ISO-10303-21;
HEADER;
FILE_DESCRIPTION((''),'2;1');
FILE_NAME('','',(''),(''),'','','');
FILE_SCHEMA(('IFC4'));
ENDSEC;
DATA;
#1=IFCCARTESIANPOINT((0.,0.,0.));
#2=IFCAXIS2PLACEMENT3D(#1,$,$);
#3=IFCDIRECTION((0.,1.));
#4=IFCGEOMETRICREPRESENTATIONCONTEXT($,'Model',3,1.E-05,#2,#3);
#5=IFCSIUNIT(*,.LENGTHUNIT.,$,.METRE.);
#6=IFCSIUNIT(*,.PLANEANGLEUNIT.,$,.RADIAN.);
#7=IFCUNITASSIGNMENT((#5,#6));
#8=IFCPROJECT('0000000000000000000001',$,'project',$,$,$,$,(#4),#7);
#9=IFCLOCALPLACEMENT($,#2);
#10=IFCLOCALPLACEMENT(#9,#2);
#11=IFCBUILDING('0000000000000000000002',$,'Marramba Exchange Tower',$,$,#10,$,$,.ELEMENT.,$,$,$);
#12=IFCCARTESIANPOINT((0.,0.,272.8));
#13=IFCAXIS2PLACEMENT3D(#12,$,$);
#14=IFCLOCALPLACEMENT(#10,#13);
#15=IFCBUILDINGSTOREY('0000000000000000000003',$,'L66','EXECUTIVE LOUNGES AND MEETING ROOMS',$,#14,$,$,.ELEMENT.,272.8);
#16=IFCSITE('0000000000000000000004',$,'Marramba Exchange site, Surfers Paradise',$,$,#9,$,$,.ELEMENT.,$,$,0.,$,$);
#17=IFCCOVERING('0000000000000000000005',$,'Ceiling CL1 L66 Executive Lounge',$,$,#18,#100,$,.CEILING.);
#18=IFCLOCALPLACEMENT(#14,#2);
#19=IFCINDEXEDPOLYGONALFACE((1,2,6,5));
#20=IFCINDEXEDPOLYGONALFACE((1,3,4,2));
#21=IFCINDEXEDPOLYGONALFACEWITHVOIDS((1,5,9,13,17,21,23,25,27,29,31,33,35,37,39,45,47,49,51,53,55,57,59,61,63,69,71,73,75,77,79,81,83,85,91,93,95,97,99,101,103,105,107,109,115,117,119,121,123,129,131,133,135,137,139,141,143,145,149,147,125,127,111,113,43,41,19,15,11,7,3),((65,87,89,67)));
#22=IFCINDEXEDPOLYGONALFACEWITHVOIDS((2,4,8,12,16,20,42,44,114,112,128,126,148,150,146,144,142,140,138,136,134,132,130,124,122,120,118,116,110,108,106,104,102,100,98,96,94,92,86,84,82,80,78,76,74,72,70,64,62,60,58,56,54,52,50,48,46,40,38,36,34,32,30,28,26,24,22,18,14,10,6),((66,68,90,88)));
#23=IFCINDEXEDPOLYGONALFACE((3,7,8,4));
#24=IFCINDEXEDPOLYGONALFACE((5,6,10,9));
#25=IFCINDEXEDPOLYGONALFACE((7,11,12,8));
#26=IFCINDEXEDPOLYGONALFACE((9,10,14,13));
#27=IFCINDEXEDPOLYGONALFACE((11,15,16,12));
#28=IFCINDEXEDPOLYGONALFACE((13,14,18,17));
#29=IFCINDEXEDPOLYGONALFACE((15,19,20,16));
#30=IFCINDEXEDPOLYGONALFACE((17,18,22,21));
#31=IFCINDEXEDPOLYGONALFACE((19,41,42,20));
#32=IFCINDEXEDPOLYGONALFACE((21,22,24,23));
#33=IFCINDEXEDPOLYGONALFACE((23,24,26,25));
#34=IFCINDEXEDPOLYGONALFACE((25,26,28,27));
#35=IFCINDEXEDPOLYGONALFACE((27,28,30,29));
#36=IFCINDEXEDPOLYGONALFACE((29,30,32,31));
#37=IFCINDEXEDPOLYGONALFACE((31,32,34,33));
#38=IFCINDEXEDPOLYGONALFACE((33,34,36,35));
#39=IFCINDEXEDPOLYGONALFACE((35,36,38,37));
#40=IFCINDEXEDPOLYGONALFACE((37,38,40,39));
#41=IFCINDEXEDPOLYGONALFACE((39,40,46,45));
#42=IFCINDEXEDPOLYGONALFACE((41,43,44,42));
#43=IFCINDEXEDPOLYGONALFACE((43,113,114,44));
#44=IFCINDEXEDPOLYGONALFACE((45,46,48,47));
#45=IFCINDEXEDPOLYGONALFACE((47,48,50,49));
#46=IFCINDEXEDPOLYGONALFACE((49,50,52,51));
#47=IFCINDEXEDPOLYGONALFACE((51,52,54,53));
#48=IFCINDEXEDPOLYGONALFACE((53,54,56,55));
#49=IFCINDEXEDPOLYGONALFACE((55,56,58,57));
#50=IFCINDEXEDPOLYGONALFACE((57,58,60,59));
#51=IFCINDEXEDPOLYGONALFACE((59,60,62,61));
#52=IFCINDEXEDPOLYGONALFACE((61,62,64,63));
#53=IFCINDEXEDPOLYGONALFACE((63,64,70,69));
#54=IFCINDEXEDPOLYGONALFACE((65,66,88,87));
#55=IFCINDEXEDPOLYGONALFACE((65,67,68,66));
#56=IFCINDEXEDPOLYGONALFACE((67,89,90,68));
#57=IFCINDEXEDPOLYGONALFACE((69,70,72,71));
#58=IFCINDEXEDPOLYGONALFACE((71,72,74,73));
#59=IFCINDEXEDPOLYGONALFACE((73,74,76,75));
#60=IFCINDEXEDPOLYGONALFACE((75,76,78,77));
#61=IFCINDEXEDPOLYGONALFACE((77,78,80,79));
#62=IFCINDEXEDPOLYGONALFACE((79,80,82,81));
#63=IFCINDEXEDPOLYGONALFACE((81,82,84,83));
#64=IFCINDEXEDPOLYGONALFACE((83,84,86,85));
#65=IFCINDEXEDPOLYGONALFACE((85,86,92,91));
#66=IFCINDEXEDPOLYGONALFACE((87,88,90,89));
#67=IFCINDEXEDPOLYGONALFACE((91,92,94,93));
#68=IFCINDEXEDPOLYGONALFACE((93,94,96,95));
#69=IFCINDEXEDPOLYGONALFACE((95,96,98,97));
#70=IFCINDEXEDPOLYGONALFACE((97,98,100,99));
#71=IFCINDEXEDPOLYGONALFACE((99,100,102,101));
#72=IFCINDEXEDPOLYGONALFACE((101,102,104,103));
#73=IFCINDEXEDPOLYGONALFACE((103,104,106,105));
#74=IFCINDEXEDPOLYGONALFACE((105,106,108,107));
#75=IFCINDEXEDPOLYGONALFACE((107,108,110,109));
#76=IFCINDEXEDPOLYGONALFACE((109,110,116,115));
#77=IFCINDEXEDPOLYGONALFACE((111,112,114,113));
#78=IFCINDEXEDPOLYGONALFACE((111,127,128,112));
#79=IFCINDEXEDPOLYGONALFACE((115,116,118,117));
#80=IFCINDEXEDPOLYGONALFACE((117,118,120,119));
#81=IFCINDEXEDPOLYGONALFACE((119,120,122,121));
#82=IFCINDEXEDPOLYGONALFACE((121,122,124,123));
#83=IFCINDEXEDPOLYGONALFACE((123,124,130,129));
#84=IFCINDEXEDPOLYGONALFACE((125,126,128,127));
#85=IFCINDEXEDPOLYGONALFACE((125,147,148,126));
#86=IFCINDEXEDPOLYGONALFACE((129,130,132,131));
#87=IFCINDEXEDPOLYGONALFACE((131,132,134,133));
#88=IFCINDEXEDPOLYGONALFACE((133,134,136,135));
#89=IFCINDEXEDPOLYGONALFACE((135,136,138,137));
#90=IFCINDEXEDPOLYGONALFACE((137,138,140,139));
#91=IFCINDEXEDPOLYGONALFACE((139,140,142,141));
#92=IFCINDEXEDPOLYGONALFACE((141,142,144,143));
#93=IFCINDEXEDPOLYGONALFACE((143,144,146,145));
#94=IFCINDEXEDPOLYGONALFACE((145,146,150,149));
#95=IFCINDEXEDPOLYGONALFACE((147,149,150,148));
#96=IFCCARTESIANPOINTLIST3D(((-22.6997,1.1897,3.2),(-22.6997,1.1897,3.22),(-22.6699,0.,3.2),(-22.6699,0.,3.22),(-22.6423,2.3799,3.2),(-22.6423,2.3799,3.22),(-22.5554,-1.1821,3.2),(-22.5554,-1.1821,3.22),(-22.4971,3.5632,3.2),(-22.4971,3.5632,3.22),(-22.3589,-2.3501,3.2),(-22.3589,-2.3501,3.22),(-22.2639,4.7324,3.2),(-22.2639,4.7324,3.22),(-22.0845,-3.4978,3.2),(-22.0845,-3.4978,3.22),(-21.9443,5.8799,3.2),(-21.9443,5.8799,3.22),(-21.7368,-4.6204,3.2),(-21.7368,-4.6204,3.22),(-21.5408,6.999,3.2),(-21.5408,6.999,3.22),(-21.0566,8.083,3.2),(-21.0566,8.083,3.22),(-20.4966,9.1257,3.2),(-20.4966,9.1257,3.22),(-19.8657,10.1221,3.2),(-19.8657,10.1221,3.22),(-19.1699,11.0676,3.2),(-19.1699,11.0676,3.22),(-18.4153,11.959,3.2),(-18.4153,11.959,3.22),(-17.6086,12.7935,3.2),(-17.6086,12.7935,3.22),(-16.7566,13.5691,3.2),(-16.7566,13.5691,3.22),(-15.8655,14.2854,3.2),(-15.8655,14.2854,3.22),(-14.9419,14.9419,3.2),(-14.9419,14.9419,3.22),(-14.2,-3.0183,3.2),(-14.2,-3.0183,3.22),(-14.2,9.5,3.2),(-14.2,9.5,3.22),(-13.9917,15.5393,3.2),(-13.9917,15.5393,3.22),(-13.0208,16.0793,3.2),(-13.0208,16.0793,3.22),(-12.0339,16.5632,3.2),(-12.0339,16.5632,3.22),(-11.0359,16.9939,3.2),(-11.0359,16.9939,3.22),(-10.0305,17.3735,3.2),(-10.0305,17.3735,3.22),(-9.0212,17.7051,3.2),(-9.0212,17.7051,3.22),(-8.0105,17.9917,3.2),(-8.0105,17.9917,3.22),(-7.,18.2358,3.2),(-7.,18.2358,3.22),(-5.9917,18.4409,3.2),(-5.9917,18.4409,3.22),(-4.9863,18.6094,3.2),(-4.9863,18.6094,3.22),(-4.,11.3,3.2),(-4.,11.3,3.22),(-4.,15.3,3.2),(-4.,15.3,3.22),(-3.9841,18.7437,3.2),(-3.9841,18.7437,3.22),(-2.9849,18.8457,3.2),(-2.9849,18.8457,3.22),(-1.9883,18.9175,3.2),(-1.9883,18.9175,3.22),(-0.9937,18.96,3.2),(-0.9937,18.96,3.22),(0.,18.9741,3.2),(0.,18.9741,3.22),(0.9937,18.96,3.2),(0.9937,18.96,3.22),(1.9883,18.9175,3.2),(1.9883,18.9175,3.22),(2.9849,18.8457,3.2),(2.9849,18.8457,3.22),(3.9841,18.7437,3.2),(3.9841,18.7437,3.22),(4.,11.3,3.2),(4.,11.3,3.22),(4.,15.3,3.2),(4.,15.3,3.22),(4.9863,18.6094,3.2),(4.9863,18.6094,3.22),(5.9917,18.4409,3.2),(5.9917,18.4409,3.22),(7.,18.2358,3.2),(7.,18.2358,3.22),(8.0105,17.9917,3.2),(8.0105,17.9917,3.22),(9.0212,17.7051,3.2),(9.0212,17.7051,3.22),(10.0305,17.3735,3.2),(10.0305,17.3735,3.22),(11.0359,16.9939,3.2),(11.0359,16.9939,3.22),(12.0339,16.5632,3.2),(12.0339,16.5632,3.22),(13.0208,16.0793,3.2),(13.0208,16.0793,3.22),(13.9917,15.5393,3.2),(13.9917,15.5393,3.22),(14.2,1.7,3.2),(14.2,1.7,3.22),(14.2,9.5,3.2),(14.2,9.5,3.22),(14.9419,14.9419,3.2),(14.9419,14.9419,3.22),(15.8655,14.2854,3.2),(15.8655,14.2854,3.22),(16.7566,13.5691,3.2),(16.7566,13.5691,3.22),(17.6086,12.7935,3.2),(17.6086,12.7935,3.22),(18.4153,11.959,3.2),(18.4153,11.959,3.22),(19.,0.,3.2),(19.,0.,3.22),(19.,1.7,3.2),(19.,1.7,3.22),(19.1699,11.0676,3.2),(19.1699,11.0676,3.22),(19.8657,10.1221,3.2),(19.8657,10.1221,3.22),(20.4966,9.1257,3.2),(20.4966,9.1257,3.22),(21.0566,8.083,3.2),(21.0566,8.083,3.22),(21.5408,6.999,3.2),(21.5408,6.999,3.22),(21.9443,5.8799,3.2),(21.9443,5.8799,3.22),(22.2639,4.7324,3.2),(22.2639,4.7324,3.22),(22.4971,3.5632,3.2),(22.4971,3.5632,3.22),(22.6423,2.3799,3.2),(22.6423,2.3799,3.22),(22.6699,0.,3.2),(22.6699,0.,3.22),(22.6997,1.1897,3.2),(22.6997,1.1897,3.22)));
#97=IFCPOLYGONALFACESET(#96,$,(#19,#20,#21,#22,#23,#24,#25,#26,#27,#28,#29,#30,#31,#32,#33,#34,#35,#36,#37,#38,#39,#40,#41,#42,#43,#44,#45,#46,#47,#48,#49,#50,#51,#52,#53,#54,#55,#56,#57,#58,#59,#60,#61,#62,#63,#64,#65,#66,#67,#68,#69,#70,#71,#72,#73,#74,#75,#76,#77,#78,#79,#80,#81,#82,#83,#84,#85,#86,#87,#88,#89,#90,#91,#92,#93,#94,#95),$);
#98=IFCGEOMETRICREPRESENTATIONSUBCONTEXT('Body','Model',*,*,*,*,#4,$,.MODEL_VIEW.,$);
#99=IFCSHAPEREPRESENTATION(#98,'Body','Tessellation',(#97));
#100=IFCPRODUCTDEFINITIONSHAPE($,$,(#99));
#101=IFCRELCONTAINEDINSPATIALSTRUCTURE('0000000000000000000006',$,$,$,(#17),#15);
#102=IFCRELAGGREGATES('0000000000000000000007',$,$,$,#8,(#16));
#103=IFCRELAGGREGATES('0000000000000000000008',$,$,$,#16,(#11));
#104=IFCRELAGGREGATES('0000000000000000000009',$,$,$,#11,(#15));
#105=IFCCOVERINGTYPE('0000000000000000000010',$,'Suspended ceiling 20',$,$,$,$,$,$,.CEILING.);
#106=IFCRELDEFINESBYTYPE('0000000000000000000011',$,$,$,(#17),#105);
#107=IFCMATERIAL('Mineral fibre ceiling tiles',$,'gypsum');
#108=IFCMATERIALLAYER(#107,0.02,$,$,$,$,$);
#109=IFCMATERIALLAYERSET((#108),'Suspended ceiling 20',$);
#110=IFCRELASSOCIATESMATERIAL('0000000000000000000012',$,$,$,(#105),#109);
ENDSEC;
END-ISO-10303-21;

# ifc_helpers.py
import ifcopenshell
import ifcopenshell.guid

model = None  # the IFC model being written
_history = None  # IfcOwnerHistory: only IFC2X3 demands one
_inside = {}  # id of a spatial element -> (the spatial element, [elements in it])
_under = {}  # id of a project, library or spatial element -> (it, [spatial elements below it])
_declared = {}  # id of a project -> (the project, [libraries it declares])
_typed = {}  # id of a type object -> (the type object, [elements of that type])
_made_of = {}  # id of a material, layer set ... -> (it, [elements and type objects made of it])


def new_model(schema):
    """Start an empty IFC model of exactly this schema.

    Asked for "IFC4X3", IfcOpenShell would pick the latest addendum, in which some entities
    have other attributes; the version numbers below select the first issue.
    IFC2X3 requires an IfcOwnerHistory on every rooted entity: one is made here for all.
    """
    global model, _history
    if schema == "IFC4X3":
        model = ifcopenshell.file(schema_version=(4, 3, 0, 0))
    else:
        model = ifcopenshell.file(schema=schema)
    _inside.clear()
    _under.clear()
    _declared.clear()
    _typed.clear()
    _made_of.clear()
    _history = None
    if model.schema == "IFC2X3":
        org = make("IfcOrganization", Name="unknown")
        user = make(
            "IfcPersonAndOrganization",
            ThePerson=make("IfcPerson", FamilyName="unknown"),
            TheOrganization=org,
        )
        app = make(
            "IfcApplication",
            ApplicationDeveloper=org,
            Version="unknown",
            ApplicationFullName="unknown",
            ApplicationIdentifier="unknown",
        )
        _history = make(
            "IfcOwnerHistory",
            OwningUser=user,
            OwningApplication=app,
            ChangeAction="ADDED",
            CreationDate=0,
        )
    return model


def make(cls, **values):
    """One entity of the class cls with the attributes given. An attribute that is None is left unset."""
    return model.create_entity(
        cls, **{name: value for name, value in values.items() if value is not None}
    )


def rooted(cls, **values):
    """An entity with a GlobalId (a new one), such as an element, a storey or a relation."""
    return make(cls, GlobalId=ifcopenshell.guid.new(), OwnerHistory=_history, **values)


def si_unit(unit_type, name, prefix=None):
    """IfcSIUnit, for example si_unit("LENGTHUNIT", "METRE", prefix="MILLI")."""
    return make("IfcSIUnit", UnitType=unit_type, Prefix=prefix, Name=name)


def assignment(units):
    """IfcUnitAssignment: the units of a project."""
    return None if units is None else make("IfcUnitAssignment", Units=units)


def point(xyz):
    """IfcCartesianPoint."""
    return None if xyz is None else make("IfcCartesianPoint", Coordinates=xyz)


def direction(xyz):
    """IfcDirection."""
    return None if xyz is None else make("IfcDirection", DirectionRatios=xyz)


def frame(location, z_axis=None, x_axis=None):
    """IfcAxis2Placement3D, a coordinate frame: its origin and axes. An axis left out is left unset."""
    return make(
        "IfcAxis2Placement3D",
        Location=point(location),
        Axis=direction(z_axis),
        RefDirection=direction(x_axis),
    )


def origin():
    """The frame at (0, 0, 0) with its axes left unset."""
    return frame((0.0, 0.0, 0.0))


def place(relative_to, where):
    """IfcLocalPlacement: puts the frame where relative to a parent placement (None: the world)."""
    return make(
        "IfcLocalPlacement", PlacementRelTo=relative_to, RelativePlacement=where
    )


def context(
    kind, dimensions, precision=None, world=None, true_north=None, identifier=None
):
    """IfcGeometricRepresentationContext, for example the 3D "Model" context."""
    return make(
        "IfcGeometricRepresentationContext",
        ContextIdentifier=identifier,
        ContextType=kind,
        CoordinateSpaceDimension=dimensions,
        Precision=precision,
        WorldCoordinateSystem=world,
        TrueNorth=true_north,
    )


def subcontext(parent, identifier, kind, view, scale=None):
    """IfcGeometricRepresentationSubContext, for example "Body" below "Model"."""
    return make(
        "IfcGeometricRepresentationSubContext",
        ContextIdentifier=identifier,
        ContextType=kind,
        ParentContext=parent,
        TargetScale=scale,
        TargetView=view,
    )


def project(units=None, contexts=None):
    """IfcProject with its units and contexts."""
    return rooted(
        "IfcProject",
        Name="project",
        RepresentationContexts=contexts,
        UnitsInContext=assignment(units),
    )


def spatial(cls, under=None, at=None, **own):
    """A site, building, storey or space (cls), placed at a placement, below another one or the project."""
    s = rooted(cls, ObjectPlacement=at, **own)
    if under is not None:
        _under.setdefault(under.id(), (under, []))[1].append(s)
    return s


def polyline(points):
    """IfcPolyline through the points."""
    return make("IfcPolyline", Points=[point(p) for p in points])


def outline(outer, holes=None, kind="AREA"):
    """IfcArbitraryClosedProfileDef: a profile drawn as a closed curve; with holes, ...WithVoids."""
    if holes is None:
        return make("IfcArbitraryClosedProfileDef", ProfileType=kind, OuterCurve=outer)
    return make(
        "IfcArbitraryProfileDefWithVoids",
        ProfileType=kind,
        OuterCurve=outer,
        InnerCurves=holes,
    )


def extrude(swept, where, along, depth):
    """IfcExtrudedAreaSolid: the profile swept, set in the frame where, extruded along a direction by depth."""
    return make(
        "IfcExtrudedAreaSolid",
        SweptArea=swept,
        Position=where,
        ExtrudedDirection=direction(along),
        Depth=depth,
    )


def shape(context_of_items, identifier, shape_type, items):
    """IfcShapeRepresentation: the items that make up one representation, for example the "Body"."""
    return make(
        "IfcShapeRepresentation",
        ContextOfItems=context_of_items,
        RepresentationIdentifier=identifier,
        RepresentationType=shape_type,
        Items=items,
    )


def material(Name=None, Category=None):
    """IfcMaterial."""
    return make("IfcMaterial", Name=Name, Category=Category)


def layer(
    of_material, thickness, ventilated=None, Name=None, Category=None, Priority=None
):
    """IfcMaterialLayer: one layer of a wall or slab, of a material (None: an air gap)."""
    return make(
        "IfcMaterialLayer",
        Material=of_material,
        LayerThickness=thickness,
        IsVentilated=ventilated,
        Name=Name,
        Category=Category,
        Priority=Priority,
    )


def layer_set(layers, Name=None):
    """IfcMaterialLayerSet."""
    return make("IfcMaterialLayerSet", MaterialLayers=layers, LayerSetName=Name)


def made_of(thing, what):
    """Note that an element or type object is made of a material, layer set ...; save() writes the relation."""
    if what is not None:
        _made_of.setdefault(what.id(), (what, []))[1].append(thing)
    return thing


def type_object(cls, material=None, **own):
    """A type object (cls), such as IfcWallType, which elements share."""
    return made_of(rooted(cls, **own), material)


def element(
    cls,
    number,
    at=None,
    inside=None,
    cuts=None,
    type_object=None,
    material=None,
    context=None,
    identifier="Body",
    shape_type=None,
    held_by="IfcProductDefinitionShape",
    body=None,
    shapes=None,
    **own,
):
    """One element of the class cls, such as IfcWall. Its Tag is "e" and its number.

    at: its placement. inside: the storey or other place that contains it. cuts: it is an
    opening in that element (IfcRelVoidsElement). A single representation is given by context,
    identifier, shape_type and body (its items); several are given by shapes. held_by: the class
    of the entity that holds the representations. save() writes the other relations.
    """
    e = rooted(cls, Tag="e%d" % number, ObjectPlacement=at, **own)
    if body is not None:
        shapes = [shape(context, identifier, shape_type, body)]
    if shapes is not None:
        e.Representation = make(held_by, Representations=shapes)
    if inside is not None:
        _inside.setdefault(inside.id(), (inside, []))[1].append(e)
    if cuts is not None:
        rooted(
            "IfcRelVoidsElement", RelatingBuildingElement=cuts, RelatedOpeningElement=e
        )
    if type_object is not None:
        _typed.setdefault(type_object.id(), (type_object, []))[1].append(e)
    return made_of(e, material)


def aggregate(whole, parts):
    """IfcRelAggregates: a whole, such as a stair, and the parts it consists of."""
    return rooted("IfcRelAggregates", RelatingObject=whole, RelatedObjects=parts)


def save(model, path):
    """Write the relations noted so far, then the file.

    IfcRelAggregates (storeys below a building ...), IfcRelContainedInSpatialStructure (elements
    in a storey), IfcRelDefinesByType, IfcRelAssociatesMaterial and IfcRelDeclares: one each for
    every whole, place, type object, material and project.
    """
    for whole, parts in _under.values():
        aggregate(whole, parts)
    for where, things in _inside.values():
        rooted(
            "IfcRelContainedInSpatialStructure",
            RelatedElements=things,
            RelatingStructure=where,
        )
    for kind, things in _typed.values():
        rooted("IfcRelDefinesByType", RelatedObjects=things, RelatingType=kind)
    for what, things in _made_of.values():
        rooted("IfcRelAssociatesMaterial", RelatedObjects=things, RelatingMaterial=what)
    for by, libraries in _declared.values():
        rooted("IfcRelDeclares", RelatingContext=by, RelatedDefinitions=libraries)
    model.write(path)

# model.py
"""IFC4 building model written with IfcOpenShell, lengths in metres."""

from ifc_helpers import new_model, si_unit, direction, frame, origin, place, context, subcontext, project, spatial, polyline, outline, extrude, material, layer, layer_set, type_object, element, save


model = new_model("IFC4")

# Units and contexts
model_context = context("Model", 3, precision=1e-05, world=origin(), true_north=direction((0.0, 1.0)))
body_context = subcontext(model_context, "Body", "Model", "MODEL_VIEW")
ifc_project = project(units=[si_unit("LENGTHUNIT", "METRE"), si_unit("PLANEANGLEUNIT", "RADIAN")], contexts=[model_context])

# Site, building, storey
site_placement = place(None, origin())
site = spatial("IfcSite", under=ifc_project, at=site_placement, Name="Marramba Exchange site, Surfers Paradise", CompositionType="ELEMENT", RefElevation=0.0)
building_placement = place(site_placement, origin())
building = spatial("IfcBuilding", under=site, at=building_placement, Name="Marramba Exchange Tower", CompositionType="ELEMENT")
storey_placement = place(building_placement, frame((0.0, 0.0, 272.8)))
storey = spatial("IfcBuildingStorey", under=building, at=storey_placement, Name="L66", Description="EXECUTIVE LOUNGES AND MEETING ROOMS", CompositionType="ELEMENT", Elevation=272.8)

# Covering
ifc_material_1 = material(Name="Mineral fibre ceiling tiles", Category="gypsum")
ifc_layer_1 = layer(ifc_material_1, 0.02)
ifc_layer_set_1 = layer_set([ifc_layer_1], Name="Suspended ceiling 20")
covering_type = type_object("IfcCoveringType", Name="Suspended ceiling 20", PredefinedType="CEILING", material=ifc_layer_set_1)
covering_placement = place(storey_placement, frame((0.0, 0.0, 3.2)))
element("IfcCovering", 1, at=covering_placement, inside=storey, type_object=covering_type, Name="Ceiling CL1 L66 Executive Lounge", PredefinedType="CEILING", context=body_context, shape_type="SweptSolid", body=[
    extrude(outline(polyline([(14.2, 1.7), (14.2, 9.5), (-14.2, 9.5), (-14.2, -3.0183), (-21.7368, -4.6204), (-22.0845, -3.4978), (-22.3589, -2.3501), (-22.5554, -1.1821), (-22.6699, 0.0), (-22.6997, 1.1897), (-22.6423, 2.3799), (-22.4971, 3.5632), (-22.2639, 4.7324), (-21.9443, 5.8799), (-21.5408, 6.999), (-21.0566, 8.083), (-20.4966, 9.1257), (-19.8657, 10.1221), (-19.1699, 11.0676), (-18.4153, 11.959), (-17.6086, 12.7935), (-16.7566, 13.5691), (-15.8655, 14.2854), (-14.9419, 14.9419), (-13.9917, 15.5393), (-13.0208, 16.0793), (-12.0339, 16.5632), (-11.0359, 16.9939), (-10.0305, 17.3735), (-9.0212, 17.7051), (-8.0105, 17.9917), (-7.0, 18.2358), (-5.9917, 18.4409), (-4.9863, 18.6094), (-3.9841, 18.7437), (-2.9849, 18.8457), (-1.9883, 18.9175), (-0.9937, 18.96), (0.0, 18.9741), (0.9937, 18.96), (1.9883, 18.9175), (2.9849, 18.8457), (3.9841, 18.7437), (4.9863, 18.6094), (5.9917, 18.4409), (7.0, 18.2358), (8.0105, 17.9917), (9.0212, 17.7051), (10.0305, 17.3735), (11.0359, 16.9939), (12.0339, 16.5632), (13.0208, 16.0793), (13.9917, 15.5393), (14.9419, 14.9419), (15.8655, 14.2854), (16.7566, 13.5691), (17.6086, 12.7935), (18.4153, 11.959), (19.1699, 11.0676), (19.8657, 10.1221), (20.4966, 9.1257), (21.0566, 8.083), (21.5408, 6.999), (21.9443, 5.8799), (22.2639, 4.7324), (22.4971, 3.5632), (22.6423, 2.3799), (22.6997, 1.1897), (22.6699, 0.0), (19.0, 0.0), (19.0, 1.7), (14.2, 1.7)]), holes=[polyline([(4.0, 15.3), (-4.0, 15.3), (-4.0, 11.3), (4.0, 11.3), (4.0, 15.3)])]), origin(), (0.0, 0.0, 1.0), 0.02),
])

save(model, "model.ifc")
